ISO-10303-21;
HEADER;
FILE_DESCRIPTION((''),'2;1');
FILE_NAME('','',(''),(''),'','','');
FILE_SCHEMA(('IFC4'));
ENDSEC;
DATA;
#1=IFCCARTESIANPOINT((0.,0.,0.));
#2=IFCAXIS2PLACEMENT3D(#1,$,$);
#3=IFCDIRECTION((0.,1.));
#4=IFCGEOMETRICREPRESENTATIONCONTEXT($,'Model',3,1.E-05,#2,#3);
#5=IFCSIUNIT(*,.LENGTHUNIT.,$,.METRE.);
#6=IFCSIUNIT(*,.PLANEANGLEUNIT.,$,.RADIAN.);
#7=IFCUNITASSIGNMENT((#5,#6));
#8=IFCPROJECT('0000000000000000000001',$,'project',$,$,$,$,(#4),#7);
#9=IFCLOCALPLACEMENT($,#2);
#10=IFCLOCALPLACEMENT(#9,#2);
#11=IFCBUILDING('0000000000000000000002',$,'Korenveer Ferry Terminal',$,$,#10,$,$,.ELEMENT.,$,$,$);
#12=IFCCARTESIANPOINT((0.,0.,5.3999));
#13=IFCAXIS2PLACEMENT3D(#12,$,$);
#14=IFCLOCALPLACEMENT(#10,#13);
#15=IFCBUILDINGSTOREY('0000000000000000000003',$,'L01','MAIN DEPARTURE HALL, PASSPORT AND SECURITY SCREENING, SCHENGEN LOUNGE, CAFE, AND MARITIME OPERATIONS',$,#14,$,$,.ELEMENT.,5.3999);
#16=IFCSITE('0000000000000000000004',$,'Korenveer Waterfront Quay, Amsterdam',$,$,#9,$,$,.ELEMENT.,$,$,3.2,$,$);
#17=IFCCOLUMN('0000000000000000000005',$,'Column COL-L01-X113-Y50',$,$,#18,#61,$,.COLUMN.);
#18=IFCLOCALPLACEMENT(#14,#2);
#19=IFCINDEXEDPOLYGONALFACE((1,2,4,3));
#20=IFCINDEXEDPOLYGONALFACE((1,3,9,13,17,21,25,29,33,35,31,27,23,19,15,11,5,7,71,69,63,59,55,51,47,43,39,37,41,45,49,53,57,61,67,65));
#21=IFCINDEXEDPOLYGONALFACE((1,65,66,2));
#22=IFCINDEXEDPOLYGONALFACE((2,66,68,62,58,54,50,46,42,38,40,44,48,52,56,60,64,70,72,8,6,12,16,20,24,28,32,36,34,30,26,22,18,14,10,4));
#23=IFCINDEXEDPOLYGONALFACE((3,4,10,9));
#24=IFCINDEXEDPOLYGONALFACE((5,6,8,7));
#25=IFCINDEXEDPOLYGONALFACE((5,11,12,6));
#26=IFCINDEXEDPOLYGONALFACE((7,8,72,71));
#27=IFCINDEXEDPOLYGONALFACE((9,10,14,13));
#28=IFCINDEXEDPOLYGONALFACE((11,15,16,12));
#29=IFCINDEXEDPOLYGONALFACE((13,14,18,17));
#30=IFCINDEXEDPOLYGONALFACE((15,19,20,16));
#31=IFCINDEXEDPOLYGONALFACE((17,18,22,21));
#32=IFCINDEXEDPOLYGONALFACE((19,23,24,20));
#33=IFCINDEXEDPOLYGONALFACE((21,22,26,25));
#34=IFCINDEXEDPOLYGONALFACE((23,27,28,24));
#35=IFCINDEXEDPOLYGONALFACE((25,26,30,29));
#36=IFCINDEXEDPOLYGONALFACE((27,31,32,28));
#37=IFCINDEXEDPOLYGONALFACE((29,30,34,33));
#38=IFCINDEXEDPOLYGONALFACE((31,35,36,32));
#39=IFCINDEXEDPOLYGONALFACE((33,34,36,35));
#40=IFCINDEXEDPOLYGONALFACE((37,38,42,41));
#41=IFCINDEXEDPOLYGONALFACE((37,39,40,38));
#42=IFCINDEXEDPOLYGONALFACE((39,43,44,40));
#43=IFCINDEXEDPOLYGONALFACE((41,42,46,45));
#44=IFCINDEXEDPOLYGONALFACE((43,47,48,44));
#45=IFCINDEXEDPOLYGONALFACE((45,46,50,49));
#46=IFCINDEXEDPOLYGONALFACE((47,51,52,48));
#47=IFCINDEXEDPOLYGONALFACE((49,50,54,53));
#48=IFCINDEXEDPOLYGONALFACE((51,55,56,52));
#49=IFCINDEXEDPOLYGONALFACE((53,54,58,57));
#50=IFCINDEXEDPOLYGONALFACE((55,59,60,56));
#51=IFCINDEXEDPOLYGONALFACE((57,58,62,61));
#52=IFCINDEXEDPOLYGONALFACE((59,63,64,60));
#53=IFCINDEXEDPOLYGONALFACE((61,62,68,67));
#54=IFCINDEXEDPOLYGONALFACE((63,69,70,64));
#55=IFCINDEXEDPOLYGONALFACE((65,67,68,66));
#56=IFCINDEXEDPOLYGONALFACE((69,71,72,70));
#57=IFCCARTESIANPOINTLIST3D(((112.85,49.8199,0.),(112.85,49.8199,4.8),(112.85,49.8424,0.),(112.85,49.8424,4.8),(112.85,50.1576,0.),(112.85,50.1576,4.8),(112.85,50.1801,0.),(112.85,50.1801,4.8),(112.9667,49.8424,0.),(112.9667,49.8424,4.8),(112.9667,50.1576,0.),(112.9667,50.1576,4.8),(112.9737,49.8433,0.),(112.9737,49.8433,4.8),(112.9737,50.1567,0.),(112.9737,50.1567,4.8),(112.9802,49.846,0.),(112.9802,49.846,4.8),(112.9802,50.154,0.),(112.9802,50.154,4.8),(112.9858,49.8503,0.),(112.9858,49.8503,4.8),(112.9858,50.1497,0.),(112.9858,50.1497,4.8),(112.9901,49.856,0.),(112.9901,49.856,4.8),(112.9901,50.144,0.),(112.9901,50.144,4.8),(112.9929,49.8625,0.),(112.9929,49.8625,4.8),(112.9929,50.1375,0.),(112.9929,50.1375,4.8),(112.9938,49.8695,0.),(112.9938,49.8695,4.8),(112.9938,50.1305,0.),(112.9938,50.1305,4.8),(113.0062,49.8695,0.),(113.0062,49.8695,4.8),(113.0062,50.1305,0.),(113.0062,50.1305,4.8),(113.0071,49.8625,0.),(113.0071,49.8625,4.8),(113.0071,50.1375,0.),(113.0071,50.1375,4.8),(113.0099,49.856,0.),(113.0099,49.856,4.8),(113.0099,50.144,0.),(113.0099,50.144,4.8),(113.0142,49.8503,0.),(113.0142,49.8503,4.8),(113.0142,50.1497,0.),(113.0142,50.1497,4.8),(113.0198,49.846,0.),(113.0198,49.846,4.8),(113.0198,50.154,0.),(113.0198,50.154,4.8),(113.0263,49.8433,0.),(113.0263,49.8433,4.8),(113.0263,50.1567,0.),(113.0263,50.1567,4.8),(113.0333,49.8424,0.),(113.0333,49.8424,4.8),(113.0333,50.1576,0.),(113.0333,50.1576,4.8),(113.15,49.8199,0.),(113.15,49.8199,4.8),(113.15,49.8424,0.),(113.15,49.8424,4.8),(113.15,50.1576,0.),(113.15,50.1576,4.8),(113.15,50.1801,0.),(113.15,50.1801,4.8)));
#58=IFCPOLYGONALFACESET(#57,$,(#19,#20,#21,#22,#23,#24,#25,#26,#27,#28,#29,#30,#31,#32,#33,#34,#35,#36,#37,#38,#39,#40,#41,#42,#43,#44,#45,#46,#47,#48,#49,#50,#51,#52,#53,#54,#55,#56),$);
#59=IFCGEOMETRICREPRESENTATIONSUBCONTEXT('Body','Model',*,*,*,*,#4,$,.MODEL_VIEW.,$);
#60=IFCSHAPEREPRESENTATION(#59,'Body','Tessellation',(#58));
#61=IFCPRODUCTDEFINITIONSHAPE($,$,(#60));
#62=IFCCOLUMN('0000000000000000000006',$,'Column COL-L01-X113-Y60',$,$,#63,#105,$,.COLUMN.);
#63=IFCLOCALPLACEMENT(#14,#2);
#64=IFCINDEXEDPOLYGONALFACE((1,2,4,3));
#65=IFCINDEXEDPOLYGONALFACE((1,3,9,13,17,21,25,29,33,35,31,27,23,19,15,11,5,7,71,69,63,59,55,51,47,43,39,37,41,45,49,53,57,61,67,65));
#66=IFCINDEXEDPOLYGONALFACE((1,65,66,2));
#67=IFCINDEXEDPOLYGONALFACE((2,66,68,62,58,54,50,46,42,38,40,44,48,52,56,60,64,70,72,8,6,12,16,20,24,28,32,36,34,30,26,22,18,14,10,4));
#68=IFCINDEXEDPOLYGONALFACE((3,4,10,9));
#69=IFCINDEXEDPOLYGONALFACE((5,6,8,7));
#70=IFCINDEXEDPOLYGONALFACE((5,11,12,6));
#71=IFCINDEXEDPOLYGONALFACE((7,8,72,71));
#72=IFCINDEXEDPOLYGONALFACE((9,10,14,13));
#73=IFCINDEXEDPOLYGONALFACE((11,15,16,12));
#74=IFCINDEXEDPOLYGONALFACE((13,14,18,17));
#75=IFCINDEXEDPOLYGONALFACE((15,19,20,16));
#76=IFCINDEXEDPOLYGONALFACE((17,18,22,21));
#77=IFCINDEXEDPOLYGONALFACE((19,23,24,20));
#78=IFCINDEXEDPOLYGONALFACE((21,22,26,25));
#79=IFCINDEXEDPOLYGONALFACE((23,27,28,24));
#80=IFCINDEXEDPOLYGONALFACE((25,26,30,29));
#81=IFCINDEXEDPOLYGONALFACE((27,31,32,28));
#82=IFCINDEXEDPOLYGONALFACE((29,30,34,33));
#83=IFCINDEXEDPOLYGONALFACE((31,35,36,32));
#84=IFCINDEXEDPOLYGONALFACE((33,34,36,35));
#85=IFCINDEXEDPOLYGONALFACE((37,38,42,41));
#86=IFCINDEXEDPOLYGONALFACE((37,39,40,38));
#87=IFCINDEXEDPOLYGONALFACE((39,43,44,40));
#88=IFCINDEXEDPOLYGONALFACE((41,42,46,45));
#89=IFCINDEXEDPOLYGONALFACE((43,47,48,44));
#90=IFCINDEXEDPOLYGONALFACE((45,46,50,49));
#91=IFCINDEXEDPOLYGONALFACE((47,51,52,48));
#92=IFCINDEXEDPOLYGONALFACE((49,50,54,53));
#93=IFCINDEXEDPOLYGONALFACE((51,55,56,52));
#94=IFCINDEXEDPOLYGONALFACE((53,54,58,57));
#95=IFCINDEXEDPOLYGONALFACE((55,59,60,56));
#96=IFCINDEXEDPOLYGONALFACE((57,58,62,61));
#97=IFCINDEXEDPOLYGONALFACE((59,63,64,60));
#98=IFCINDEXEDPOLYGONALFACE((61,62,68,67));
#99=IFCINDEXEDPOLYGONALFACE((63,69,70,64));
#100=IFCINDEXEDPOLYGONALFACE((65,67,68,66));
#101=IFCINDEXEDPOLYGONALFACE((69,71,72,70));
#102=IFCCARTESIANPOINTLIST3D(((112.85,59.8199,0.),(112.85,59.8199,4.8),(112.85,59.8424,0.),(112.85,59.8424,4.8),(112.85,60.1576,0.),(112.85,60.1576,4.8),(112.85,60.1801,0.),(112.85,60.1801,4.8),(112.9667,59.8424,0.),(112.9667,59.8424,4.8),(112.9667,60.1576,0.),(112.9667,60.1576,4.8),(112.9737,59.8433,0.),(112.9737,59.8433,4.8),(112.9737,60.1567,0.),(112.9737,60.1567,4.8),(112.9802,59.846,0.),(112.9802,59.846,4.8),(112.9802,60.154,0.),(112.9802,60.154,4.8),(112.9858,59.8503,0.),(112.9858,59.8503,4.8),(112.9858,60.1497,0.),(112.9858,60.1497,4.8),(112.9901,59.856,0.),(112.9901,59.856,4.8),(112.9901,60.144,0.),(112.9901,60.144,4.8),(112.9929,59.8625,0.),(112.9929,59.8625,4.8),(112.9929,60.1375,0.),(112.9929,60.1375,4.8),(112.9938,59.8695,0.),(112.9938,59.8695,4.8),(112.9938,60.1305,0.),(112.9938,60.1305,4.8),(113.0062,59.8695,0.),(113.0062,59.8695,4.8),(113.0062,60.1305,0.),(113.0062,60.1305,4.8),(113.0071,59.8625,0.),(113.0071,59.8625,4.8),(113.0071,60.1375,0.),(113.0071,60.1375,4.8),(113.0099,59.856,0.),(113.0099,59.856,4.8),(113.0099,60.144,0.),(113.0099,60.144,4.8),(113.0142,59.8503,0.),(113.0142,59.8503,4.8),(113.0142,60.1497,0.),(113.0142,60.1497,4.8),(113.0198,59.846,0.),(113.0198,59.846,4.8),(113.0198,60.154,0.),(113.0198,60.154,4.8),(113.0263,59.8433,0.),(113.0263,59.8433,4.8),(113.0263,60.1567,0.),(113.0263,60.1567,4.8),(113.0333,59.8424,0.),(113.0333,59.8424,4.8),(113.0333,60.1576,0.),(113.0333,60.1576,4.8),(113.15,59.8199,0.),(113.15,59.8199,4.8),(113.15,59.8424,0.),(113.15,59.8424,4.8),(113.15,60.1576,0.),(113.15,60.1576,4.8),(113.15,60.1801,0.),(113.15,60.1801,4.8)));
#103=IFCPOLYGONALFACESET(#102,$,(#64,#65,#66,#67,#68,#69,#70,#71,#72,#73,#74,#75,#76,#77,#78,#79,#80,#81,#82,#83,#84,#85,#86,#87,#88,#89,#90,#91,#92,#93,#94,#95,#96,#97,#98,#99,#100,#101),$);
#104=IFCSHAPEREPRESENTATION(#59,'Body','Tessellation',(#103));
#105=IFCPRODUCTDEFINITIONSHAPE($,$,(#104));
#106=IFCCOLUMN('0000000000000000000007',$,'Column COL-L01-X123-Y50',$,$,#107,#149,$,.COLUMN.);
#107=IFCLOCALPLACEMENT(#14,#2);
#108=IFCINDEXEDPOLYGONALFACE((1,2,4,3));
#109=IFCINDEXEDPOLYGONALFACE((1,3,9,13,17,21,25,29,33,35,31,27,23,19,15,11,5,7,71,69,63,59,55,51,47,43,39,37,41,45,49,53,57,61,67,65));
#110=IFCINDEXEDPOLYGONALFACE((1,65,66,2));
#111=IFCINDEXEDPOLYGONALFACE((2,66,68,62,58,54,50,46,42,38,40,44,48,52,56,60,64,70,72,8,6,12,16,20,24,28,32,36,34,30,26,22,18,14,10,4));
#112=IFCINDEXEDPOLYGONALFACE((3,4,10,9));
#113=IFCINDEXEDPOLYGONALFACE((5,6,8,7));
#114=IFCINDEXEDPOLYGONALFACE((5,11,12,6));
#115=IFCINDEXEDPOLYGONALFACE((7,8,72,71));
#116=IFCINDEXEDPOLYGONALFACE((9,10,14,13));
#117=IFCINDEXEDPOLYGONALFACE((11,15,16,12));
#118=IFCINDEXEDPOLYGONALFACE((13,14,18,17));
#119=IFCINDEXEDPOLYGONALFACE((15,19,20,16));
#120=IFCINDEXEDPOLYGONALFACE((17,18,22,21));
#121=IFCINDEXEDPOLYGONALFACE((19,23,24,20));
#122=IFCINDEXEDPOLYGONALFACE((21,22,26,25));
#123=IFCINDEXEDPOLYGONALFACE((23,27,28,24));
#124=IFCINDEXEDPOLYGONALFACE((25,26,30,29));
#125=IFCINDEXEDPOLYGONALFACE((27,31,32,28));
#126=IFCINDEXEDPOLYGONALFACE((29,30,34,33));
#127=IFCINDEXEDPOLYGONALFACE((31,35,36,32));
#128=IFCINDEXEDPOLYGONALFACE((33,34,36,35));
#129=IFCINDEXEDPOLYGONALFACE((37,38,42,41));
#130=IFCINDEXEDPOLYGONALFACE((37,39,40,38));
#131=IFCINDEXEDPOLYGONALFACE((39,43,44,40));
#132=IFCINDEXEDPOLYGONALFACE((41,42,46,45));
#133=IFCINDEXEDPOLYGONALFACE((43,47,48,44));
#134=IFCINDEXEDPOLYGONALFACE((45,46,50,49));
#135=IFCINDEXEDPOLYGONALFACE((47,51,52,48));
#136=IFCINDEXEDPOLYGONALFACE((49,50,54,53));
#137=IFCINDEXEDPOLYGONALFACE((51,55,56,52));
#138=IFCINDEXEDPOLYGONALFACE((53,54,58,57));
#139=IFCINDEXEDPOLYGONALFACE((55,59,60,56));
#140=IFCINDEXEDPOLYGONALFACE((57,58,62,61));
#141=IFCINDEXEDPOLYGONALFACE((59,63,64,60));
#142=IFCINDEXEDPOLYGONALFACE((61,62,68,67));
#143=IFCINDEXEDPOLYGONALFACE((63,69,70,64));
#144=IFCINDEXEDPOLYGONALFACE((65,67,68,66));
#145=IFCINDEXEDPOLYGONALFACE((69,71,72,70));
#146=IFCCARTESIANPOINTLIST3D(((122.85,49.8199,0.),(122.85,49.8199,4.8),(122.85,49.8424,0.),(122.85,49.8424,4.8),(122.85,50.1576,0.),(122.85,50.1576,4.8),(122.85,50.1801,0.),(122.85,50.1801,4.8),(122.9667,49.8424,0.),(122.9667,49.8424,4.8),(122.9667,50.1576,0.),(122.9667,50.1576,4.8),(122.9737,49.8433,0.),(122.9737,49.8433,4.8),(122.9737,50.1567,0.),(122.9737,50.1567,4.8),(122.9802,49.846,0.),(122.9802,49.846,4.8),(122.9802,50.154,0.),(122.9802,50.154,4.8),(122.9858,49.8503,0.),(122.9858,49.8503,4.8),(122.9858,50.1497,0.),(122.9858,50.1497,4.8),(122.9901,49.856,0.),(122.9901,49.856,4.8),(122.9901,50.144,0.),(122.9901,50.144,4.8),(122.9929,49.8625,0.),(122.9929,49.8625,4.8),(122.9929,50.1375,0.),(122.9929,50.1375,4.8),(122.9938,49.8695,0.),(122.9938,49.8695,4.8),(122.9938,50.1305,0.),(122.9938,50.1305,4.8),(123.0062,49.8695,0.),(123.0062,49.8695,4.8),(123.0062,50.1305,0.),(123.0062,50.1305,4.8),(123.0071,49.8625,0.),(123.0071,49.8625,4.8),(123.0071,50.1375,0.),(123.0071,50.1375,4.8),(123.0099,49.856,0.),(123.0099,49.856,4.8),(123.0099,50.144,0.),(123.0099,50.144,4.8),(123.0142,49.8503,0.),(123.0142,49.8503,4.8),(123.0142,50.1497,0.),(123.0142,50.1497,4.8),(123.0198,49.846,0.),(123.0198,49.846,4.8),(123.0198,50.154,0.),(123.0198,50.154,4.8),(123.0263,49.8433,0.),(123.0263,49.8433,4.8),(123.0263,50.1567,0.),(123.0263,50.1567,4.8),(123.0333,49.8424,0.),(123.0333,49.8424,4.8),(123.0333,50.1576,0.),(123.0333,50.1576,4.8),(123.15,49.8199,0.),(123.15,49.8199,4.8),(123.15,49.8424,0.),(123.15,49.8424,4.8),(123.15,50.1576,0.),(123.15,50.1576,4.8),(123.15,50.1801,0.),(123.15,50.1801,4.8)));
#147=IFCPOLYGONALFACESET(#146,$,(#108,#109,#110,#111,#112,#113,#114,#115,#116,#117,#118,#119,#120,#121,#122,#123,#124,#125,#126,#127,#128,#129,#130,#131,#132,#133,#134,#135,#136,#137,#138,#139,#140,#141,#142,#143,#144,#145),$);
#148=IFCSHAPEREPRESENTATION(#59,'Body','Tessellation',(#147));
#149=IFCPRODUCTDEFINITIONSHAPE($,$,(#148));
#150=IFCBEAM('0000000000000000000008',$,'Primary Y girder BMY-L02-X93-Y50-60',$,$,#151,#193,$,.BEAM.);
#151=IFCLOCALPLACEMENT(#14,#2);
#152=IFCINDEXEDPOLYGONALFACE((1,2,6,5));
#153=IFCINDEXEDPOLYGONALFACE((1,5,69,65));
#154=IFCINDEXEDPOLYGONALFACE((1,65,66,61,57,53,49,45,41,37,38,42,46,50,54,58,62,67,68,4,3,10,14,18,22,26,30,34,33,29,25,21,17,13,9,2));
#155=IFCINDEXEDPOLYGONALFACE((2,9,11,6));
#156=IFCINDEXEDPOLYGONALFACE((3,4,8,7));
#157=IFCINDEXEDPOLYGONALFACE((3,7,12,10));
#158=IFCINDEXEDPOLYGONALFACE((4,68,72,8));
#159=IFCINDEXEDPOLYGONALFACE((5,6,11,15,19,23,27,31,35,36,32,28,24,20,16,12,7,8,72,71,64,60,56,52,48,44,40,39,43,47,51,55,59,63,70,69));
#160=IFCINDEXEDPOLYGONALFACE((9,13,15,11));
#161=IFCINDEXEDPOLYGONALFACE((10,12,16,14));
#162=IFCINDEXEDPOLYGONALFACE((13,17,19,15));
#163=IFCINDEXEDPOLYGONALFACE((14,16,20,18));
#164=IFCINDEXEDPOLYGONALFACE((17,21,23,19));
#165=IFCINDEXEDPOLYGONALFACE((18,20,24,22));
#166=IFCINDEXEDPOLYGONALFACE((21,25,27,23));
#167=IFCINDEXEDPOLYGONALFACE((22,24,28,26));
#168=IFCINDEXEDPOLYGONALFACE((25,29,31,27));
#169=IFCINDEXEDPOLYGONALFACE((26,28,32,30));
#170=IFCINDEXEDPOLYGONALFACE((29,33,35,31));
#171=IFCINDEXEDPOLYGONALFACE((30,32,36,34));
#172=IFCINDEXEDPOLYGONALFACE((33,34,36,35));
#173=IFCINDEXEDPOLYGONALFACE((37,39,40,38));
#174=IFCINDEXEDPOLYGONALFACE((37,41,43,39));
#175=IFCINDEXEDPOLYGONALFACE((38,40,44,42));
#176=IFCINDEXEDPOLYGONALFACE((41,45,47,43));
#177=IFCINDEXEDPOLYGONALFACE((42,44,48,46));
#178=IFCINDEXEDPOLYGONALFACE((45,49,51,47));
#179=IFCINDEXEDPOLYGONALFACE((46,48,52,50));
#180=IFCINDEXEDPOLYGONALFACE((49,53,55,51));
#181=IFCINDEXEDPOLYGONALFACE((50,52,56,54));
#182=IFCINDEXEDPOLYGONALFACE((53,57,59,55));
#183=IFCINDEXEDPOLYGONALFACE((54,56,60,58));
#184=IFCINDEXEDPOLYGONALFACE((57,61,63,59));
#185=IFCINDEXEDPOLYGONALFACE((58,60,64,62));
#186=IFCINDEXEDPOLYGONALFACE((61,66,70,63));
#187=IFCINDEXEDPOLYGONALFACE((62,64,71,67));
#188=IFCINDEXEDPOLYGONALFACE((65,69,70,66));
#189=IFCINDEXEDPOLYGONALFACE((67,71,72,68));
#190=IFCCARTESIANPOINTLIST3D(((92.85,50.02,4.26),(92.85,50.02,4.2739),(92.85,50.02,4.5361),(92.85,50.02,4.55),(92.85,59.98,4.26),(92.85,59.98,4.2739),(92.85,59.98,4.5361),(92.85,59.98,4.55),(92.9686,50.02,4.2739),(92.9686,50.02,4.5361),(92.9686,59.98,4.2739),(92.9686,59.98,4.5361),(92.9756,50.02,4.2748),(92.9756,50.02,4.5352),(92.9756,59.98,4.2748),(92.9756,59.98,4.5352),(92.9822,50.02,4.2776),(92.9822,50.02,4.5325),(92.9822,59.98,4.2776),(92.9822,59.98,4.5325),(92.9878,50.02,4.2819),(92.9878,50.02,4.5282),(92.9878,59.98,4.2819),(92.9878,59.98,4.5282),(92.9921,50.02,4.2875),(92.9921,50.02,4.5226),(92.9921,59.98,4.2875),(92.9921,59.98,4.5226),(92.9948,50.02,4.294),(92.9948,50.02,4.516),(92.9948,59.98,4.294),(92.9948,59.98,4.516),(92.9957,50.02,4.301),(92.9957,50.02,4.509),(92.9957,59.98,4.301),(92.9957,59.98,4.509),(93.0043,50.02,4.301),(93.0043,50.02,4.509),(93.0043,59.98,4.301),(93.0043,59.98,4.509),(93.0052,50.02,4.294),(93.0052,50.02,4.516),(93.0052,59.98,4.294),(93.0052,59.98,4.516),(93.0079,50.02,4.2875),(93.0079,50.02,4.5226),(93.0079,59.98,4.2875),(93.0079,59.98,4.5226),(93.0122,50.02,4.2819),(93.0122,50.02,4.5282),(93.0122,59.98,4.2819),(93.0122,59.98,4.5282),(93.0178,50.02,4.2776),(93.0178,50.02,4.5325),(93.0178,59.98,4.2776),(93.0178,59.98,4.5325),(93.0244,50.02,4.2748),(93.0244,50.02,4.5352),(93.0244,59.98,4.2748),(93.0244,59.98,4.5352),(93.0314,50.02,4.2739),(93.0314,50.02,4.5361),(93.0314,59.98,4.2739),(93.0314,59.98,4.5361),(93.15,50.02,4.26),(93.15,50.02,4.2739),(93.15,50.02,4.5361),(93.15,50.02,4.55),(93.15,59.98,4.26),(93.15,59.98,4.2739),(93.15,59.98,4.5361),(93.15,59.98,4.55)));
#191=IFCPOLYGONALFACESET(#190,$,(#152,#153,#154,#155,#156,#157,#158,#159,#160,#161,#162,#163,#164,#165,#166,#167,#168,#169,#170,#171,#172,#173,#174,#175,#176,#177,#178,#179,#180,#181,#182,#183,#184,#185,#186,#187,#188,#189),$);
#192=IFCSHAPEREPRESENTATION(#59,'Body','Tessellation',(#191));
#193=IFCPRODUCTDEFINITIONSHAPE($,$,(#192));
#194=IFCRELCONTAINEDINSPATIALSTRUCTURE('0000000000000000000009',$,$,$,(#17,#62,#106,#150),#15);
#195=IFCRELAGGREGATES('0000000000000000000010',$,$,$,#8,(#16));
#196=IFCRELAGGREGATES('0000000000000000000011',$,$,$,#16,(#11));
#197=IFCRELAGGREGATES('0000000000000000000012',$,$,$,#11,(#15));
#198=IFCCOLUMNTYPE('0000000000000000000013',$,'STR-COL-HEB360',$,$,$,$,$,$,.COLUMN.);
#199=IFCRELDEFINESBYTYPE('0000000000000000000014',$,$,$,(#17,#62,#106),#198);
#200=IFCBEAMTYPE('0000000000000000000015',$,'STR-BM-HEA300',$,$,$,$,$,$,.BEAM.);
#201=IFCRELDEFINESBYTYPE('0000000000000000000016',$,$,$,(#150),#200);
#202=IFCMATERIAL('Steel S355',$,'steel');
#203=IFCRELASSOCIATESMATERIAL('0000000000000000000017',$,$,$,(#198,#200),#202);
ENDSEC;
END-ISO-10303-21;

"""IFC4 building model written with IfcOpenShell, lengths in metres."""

from ifc_helpers import new_model, si_unit, direction, frame, origin, origin_2d, place, context, subcontext, project, spatial, i_section, extrude, material, material_profile, profile_set, type_object, element, save


model = new_model("IFC4")

# Units and contexts
model_context = context("Model", 3, precision=1e-05, world=origin(), true_north=direction((0.0, 1.0)))
body_context = subcontext(model_context, "Body", "Model", "MODEL_VIEW")
ifc_project = project(units=[si_unit("LENGTHUNIT", "METRE"), si_unit("PLANEANGLEUNIT", "RADIAN")], contexts=[model_context])

# Site, building, storey
site_placement = place(None, origin())
site = spatial("IfcSite", under=ifc_project, at=site_placement, Name="Korenveer Waterfront Quay, Amsterdam", CompositionType="ELEMENT", RefElevation=3.2)
building_placement = place(site_placement, origin())
building = spatial("IfcBuilding", under=site, at=building_placement, Name="Korenveer Ferry Terminal", CompositionType="ELEMENT")
storey_placement = place(building_placement, frame((0.0, 0.0, 5.3999)))
storey = spatial("IfcBuildingStorey", under=building, at=storey_placement, Name="L01", Description="MAIN DEPARTURE HALL, PASSPORT AND SECURITY SCREENING, SCHENGEN LOUNGE, CAFE, AND MARITIME OPERATIONS", CompositionType="ELEMENT", Elevation=5.3999)

# Columns
ifc_material_1 = material(Name="Steel S355", Category="steel")
ifc_material_profile_1 = material_profile(ifc_material_1, i_section(OverallWidth=0.3, OverallDepth=0.3601, WebThickness=0.0125, FlangeThickness=0.0225, FilletRadius=0.0271, at=origin_2d()), Name="HEB 360")
ifc_profile_set_1 = profile_set([ifc_material_profile_1], Name="Steel S355")
column_type = type_object("IfcColumnType", Name="STR-COL-HEB360", PredefinedType="COLUMN", material=ifc_profile_set_1)
for number, where, z_axis, x_axis, name in (
    (1, (113.0, 50.0, 0.0), (0.0, 0.0, 1.0), (1.0, 0.0, 0.0), "Column COL-L01-X113-Y50"),
    (2, (113.0, 60.0, 0.0), (0.0, 0.0, 1.0), (1.0, 0.0, 0.0), "Column COL-L01-X113-Y60"),
    (3, (123.0, 50.0, 0.0), (0.0, 0.0, 1.0), (1.0, 0.0, 0.0), "Column COL-L01-X123-Y50"),
):
    element("IfcColumn", number, at=place(storey_placement, frame(where, z_axis=z_axis, x_axis=x_axis)), inside=storey, type_object=column_type, Name=name, PredefinedType="COLUMN", context=body_context, shape_type="SweptSolid", body=[
        extrude(i_section(OverallWidth=0.3, OverallDepth=0.3601, WebThickness=0.0125, FlangeThickness=0.0225, FilletRadius=0.0271, at=origin_2d()), origin(), (0.0, 0.0, 1.0), 4.8),
    ])

# Beam
ifc_material_profile_2 = material_profile(ifc_material_1, i_section(OverallWidth=0.3, OverallDepth=0.29, WebThickness=0.0085, FlangeThickness=0.0139, FilletRadius=0.0271, at=origin_2d()), Name="HEA 300")
ifc_profile_set_2 = profile_set([ifc_material_profile_2], Name="Steel S355")
beam_type_1 = type_object("IfcBeamType", Name="STR-BM-HEA300", PredefinedType="BEAM", material=ifc_profile_set_2)
for number, where, z_axis, x_axis, name in (
    (4, (93.0, 50.02, 4.405), (0.0, 1.0, 0.0), (-1.0, 0.0, 0.0), "Primary Y girder BMY-L02-X93-Y50-60"),
):
    element("IfcBeam", number, at=place(storey_placement, frame(where, z_axis=z_axis, x_axis=x_axis)), inside=storey, type_object=beam_type_1, Name=name, PredefinedType="BEAM", context=body_context, shape_type="SweptSolid", body=[
        extrude(i_section(OverallWidth=0.3, OverallDepth=0.29, WebThickness=0.0085, FlangeThickness=0.0139, FilletRadius=0.0271, at=origin_2d()), origin(), (0.0, 0.0, 1.0), 9.96),
    ])

save(model, "model.ifc")
